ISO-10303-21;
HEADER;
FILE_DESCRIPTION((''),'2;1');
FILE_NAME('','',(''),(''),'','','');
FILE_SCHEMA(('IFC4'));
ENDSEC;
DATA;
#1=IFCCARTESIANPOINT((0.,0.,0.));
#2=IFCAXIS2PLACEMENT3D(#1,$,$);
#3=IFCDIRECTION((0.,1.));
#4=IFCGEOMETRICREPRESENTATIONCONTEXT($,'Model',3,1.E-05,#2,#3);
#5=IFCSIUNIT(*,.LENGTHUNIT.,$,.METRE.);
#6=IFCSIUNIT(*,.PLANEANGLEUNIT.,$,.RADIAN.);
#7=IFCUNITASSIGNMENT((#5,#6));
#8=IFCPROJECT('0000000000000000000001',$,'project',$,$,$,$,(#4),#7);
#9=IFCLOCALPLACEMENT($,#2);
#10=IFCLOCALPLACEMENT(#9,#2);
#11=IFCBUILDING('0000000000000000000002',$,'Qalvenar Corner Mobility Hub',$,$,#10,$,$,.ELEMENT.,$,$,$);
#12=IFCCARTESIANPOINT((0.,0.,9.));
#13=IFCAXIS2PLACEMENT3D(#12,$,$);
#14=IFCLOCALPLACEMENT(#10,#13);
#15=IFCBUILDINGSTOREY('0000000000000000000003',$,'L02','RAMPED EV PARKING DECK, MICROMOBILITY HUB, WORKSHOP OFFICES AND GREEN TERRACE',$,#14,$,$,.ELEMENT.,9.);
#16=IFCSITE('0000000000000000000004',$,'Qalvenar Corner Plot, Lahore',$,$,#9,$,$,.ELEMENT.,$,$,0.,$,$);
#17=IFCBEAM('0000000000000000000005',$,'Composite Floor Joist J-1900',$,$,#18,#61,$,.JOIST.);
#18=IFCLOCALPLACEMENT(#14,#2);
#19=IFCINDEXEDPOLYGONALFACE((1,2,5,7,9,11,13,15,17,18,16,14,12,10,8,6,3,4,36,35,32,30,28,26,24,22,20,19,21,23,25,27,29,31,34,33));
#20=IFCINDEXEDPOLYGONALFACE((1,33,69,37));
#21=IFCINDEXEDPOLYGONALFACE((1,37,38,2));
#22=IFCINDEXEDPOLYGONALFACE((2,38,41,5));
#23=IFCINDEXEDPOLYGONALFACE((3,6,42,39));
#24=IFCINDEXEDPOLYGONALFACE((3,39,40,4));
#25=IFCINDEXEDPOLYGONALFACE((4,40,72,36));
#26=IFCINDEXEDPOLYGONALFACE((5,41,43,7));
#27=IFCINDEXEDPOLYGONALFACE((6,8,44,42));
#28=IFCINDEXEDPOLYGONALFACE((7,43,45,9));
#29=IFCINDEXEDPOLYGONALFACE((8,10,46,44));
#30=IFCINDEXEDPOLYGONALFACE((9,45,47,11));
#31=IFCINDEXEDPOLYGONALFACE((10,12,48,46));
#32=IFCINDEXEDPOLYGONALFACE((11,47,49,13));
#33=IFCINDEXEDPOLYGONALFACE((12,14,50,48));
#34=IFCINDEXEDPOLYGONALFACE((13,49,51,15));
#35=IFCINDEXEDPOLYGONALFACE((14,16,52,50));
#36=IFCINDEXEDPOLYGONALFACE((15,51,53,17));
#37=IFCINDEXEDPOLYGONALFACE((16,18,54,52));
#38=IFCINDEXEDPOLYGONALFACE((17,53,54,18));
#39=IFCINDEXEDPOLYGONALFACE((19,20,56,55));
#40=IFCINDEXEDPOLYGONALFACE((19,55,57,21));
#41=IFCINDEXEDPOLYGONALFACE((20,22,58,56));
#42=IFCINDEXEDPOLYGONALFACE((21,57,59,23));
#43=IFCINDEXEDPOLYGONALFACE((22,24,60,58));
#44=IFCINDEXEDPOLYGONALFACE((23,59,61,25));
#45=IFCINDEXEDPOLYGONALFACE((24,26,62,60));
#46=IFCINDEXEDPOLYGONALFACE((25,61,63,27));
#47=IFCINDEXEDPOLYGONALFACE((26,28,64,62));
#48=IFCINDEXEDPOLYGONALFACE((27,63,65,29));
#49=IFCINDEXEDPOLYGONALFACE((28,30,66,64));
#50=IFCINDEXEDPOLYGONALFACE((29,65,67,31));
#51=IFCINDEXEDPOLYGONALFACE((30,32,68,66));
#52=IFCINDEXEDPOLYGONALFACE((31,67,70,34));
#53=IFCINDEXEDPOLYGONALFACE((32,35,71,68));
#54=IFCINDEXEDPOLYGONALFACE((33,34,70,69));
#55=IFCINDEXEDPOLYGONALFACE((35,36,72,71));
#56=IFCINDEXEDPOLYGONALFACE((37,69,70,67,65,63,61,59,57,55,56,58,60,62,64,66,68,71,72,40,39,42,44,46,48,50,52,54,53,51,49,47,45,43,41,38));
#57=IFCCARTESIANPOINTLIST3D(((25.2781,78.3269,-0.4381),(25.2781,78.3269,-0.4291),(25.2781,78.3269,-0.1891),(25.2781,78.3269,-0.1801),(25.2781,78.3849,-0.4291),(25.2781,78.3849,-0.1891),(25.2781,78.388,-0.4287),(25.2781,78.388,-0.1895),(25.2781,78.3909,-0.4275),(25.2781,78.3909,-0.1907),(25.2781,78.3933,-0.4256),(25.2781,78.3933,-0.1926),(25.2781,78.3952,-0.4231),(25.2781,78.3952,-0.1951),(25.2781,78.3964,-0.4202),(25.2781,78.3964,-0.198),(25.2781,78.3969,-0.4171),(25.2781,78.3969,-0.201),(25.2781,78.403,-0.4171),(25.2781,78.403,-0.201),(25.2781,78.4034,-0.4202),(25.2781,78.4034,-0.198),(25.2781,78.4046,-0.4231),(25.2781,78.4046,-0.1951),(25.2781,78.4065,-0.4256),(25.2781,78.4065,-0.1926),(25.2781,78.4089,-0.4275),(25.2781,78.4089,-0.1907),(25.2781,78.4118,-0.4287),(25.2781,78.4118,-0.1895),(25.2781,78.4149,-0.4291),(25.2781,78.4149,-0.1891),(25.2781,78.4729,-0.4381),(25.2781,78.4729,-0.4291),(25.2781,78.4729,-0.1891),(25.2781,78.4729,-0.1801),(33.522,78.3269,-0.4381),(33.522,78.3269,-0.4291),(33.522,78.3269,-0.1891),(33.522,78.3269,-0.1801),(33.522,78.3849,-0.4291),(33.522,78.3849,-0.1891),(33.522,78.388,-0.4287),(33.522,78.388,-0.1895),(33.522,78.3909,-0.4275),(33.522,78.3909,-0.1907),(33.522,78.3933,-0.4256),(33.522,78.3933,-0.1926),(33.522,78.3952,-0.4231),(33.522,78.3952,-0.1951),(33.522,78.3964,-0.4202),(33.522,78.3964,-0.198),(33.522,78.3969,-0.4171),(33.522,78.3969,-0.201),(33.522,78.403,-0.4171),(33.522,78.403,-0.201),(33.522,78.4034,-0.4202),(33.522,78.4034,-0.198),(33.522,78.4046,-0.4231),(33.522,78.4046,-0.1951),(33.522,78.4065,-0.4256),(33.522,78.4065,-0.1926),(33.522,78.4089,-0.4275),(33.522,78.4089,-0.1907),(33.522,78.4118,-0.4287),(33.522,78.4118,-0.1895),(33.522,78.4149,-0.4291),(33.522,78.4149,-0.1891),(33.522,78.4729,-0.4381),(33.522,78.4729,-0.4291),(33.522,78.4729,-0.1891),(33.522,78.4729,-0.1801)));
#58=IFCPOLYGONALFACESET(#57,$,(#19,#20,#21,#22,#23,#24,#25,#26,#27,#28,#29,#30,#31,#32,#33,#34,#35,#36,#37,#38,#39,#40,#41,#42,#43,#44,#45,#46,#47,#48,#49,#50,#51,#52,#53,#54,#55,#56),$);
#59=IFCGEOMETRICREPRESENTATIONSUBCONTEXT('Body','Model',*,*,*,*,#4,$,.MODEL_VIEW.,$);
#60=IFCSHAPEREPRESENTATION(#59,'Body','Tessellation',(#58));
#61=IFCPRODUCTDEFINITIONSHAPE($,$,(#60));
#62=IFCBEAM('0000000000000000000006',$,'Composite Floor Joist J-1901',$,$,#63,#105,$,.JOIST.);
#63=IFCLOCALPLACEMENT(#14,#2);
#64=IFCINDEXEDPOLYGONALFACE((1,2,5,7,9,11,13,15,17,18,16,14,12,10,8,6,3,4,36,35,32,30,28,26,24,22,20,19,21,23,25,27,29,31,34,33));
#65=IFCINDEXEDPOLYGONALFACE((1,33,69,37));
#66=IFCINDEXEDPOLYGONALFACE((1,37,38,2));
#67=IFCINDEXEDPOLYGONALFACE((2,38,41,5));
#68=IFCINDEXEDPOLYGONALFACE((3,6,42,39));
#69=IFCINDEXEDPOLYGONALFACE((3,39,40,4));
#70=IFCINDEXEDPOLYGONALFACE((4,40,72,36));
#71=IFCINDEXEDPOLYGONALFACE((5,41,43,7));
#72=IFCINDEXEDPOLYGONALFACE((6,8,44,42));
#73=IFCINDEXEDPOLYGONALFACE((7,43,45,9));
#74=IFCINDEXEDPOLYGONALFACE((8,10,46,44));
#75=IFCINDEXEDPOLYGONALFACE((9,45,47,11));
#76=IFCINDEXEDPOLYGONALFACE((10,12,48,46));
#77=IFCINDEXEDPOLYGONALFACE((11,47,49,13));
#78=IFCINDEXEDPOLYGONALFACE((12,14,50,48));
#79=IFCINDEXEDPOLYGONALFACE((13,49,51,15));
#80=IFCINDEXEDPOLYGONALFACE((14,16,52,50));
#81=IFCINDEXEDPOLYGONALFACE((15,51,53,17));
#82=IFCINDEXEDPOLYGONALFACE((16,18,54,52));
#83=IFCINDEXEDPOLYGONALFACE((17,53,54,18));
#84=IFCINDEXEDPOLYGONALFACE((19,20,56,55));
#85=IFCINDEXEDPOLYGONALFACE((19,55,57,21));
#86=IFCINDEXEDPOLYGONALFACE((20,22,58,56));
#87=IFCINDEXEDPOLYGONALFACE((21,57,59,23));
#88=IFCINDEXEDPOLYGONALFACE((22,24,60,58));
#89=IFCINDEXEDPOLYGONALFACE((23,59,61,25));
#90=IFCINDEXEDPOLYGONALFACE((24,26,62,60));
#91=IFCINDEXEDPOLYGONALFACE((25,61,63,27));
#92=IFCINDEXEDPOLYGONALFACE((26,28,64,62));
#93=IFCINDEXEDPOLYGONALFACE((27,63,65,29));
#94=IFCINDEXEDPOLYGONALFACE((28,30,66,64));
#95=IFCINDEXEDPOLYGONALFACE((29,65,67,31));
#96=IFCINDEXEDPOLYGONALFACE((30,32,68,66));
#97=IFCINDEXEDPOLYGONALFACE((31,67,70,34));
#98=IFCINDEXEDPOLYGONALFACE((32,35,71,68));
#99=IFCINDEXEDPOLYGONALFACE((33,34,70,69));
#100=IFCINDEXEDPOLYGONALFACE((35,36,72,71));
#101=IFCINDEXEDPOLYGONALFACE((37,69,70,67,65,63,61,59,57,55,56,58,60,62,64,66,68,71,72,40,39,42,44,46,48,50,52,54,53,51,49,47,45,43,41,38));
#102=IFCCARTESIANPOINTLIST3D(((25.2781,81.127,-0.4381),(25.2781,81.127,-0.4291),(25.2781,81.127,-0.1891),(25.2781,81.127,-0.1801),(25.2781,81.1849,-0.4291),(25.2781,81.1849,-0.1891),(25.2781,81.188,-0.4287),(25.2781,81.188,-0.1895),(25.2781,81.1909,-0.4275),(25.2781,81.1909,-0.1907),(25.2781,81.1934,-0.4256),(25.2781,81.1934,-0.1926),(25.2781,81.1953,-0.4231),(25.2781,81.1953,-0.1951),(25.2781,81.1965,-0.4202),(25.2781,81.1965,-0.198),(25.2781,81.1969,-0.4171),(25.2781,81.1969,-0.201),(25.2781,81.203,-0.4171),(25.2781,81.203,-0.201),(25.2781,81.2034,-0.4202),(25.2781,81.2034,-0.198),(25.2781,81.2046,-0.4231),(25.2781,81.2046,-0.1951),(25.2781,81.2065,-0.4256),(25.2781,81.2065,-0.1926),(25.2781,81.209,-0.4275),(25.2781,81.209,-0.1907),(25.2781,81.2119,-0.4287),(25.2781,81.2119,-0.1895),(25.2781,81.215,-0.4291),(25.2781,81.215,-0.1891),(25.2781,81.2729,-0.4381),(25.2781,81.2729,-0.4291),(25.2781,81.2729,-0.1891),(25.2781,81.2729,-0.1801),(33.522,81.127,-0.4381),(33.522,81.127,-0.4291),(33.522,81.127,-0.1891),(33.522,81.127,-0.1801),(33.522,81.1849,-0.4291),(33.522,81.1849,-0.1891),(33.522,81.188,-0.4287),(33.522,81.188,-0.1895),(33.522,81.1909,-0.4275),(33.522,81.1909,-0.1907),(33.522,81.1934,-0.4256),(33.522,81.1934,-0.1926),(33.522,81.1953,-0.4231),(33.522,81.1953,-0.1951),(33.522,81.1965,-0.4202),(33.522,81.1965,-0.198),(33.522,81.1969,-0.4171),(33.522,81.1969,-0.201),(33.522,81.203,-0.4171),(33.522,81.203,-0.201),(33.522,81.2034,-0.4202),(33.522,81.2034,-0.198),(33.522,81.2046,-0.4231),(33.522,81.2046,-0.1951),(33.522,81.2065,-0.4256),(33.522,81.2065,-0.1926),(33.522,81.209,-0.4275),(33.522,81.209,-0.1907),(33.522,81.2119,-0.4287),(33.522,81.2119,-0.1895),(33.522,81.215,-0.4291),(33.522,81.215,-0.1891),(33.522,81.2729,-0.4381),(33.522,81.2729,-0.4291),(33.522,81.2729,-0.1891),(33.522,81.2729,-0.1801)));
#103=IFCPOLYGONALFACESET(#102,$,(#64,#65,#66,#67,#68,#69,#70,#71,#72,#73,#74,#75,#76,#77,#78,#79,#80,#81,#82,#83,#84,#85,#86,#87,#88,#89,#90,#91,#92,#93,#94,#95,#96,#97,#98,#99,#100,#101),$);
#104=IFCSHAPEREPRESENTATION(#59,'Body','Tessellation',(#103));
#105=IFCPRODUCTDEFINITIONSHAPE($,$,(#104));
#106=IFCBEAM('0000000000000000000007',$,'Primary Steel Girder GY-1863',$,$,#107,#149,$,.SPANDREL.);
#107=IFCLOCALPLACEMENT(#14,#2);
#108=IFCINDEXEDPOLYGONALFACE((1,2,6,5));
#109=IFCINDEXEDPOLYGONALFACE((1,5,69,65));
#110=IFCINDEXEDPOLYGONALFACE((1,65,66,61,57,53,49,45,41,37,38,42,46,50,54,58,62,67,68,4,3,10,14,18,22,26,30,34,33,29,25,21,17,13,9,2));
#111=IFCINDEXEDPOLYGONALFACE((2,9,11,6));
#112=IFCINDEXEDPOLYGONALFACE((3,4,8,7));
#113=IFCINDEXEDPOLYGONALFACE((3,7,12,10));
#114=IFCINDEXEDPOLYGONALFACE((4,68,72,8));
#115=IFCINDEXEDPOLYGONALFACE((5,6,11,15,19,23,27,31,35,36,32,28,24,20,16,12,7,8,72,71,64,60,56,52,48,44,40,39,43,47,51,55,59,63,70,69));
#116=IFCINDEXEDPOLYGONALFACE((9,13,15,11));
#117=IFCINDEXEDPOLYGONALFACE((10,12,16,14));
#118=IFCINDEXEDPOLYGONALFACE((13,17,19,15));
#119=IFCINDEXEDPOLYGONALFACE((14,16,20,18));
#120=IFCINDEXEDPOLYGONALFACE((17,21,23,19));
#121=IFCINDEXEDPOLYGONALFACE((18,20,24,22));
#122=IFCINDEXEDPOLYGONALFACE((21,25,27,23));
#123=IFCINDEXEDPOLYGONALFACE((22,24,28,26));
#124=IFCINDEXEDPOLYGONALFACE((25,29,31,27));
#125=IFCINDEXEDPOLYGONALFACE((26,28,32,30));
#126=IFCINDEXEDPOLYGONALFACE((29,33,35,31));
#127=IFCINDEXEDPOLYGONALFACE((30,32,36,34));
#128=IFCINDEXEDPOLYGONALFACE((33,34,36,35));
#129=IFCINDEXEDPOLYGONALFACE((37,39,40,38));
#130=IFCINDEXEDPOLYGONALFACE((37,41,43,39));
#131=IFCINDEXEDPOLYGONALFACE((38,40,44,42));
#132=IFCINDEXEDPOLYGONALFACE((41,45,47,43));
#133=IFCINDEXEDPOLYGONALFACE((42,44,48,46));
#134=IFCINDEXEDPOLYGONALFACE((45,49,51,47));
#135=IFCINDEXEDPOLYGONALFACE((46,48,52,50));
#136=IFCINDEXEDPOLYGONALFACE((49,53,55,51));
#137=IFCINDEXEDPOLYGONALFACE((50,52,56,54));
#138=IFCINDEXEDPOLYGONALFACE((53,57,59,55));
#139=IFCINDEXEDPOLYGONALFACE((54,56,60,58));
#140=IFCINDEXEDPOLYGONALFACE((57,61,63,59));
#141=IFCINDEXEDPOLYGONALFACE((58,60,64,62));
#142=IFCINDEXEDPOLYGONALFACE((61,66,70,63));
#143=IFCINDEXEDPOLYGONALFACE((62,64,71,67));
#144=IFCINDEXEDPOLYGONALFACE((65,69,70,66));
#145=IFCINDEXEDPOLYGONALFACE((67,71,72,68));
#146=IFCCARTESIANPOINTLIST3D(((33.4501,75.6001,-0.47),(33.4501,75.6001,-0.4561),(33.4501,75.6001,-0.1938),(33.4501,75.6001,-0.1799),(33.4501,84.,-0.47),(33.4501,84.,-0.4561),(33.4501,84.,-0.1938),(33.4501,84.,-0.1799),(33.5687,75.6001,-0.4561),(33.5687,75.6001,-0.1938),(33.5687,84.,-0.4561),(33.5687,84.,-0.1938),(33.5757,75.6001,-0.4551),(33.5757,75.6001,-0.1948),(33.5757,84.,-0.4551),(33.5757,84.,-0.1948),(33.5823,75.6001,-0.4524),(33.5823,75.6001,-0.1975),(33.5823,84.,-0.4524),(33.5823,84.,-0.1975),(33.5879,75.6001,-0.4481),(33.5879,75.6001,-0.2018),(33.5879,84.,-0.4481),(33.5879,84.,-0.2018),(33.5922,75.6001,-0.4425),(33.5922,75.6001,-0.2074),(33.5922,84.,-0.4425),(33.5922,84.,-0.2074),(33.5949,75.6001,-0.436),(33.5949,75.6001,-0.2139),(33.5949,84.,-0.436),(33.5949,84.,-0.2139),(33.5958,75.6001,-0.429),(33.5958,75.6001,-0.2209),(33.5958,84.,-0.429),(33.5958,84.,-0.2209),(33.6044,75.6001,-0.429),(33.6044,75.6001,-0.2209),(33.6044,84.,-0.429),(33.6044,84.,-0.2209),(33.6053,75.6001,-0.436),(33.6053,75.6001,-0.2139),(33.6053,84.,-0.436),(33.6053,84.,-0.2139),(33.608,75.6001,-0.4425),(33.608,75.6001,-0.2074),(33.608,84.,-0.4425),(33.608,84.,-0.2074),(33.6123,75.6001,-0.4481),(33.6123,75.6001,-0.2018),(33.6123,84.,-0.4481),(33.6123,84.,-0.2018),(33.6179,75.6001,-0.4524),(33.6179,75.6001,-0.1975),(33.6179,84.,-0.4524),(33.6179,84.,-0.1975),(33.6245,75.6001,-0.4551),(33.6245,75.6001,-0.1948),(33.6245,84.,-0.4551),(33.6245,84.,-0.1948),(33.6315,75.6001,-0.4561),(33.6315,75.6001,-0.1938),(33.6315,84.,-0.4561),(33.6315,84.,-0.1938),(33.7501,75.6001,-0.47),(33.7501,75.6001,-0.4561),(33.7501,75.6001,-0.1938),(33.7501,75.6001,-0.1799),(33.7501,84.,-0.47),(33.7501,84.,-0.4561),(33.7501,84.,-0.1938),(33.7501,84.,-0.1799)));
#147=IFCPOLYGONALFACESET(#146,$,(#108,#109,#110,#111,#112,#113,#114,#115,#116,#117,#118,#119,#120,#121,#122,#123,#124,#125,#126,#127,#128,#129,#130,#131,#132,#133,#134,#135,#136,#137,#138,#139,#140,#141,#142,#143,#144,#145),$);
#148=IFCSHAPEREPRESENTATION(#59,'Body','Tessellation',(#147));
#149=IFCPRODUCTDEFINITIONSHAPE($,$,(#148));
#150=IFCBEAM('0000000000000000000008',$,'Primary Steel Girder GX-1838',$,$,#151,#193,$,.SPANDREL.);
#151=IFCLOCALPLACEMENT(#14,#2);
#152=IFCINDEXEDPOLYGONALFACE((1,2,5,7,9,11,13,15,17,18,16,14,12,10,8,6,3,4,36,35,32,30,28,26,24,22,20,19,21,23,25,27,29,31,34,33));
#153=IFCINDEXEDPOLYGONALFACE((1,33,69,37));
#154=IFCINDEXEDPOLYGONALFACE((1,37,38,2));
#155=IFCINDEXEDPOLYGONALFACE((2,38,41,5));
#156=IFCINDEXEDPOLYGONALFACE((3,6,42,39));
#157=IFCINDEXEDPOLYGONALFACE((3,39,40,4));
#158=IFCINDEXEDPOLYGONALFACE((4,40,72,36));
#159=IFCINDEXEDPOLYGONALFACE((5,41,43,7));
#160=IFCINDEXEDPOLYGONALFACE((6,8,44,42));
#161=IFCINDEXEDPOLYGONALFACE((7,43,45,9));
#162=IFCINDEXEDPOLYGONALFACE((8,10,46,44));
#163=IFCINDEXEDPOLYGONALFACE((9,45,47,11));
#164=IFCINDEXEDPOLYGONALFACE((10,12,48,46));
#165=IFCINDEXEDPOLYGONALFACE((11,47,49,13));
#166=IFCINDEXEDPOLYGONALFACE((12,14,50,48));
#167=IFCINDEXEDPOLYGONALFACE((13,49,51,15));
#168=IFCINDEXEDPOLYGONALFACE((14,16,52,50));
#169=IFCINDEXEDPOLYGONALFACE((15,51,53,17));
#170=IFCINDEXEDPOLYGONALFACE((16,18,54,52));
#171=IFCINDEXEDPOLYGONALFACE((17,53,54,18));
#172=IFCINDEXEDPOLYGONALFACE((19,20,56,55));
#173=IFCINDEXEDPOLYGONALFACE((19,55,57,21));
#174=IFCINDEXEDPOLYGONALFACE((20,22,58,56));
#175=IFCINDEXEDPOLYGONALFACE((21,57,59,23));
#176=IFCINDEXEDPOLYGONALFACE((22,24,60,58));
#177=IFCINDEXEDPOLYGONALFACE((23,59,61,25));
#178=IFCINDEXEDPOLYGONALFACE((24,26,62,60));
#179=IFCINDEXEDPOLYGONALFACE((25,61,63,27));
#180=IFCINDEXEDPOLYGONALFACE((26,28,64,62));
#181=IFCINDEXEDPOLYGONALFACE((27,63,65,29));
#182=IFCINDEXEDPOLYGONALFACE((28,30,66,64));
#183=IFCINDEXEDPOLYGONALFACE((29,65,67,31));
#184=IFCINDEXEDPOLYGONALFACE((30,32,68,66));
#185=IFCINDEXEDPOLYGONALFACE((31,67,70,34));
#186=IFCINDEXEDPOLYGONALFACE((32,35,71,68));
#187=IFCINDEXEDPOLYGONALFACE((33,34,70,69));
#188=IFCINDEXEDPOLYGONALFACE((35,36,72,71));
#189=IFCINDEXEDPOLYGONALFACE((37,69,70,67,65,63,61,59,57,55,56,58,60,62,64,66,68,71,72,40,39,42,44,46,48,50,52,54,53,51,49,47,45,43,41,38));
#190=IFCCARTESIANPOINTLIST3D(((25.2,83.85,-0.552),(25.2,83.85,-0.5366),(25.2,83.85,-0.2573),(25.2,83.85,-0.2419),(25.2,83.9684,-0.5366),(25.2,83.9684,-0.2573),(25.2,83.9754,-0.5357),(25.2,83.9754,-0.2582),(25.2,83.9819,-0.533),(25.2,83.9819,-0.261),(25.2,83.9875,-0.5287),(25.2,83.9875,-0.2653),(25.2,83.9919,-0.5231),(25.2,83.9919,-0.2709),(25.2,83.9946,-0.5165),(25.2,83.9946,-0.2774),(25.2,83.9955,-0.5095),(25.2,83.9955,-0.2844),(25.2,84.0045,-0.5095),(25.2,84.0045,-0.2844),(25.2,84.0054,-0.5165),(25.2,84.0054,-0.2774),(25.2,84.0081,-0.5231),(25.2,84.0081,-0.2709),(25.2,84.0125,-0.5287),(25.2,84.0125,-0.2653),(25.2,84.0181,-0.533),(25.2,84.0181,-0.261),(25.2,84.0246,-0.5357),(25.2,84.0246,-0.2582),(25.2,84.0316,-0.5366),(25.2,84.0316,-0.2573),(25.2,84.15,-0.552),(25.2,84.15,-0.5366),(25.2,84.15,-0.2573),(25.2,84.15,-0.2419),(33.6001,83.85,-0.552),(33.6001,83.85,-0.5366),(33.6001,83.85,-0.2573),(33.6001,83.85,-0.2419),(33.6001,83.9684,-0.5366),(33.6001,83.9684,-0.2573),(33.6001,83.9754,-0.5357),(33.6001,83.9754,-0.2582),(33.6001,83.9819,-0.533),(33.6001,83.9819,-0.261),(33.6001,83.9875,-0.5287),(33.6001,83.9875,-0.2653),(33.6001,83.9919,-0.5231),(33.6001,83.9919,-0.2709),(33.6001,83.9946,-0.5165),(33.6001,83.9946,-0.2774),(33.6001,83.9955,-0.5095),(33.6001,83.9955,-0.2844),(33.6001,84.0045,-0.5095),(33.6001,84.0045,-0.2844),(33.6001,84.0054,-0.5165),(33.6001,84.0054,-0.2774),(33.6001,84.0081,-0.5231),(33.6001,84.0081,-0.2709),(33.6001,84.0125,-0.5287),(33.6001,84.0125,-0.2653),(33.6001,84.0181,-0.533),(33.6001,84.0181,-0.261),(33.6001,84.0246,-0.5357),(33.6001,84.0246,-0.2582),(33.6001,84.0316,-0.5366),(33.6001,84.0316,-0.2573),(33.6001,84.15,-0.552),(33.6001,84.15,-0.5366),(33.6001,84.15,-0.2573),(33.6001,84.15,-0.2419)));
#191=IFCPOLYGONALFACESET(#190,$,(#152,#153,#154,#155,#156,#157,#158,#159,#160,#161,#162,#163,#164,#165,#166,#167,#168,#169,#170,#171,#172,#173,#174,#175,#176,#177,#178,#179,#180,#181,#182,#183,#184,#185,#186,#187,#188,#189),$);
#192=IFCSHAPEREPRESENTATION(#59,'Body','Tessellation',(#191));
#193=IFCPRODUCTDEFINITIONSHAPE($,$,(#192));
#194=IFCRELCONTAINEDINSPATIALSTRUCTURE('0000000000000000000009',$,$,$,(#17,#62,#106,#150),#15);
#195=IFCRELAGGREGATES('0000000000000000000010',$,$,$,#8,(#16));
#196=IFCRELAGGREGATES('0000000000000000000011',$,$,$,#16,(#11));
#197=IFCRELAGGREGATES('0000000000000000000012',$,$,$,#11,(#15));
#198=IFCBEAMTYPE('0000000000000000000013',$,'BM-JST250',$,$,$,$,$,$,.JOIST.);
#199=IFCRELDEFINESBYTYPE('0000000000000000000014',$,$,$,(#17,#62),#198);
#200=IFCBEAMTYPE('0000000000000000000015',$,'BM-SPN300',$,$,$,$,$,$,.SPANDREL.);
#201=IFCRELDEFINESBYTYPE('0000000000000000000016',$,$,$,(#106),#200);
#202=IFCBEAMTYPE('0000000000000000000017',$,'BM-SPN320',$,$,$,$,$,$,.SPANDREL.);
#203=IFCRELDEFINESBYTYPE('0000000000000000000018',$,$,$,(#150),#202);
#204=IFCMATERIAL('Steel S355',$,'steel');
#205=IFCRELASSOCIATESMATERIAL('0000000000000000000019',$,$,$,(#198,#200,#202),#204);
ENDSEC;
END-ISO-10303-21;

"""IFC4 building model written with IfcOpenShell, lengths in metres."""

from ifc_helpers import new_model, si_unit, direction, frame, origin, origin_2d, place, context, subcontext, project, spatial, i_section, extrude, material, material_profile, profile_set, type_object, element, save


model = new_model("IFC4")

# Units and contexts
model_context = context("Model", 3, precision=1e-05, world=origin(), true_north=direction((0.0, 1.0)))
body_context = subcontext(model_context, "Body", "Model", "MODEL_VIEW")
ifc_project = project(units=[si_unit("LENGTHUNIT", "METRE"), si_unit("PLANEANGLEUNIT", "RADIAN")], contexts=[model_context])

# Site, building, storey
site_placement = place(None, origin())
site = spatial("IfcSite", under=ifc_project, at=site_placement, Name="Qalvenar Corner Plot, Lahore", CompositionType="ELEMENT", RefElevation=0.0)
building_placement = place(site_placement, origin())
building = spatial("IfcBuilding", under=site, at=building_placement, Name="Qalvenar Corner Mobility Hub", CompositionType="ELEMENT")
storey_placement = place(building_placement, frame((0.0, 0.0, 9.0)))
storey = spatial("IfcBuildingStorey", under=building, at=storey_placement, Name="L02", Description="RAMPED EV PARKING DECK, MICROMOBILITY HUB, WORKSHOP OFFICES AND GREEN TERRACE", CompositionType="ELEMENT", Elevation=9.0)

# Shared definitions
ifc_material_1 = material(Name="Steel S355", Category="steel")

# Beams
ifc_material_profile_1 = material_profile(ifc_material_1, i_section(OverallWidth=0.146, OverallDepth=0.2581, WebThickness=0.0061, FlangeThickness=0.009, FilletRadius=0.012, at=origin_2d()), Name="W250x32.7")
ifc_profile_set_1 = profile_set([ifc_material_profile_1], Name="Steel S355")
beam_type_1 = type_object("IfcBeamType", Name="BM-JST250", PredefinedType="JOIST", material=ifc_profile_set_1)
for number, where, z_axis, x_axis, name in (
    (1, (25.2781, 78.3999, -0.3091), (1.0, 0.0, 0.0), (0.0, 1.0, 0.0), "Composite Floor Joist J-1900"),
    (2, (25.2781, 81.2, -0.3091), (1.0, 0.0, 0.0), (0.0, 1.0, 0.0), "Composite Floor Joist J-1901"),
):
    element("IfcBeam", number, at=place(storey_placement, frame(where, z_axis=z_axis, x_axis=x_axis)), inside=storey, type_object=beam_type_1, Name=name, PredefinedType="JOIST", context=body_context, shape_type="SweptSolid", body=[
        extrude(i_section(OverallWidth=0.146, OverallDepth=0.2581, WebThickness=0.0061, FlangeThickness=0.009, FilletRadius=0.012, at=origin_2d()), origin(), (0.0, 0.0, 1.0), 8.2439),
    ])
ifc_material_profile_2 = material_profile(ifc_material_1, i_section(OverallWidth=0.3, OverallDepth=0.29, WebThickness=0.0085, FlangeThickness=0.0139, FilletRadius=0.0271, at=origin_2d()), Name="HEA300")
ifc_profile_set_2 = profile_set([ifc_material_profile_2], Name="Steel S355")
beam_type_2 = type_object("IfcBeamType", Name="BM-SPN300", PredefinedType="SPANDREL", material=ifc_profile_set_2)
beam_1_placement = place(storey_placement, frame((33.6001, 75.6001, -0.325), z_axis=(0.0, 1.0, 0.0), x_axis=(-1.0, 0.0, 0.0)))
element("IfcBeam", 3, at=beam_1_placement, inside=storey, type_object=beam_type_2, Name="Primary Steel Girder GY-1863", PredefinedType="SPANDREL", context=body_context, shape_type="SweptSolid", body=[
    extrude(i_section(OverallWidth=0.3, OverallDepth=0.29, WebThickness=0.0085, FlangeThickness=0.0139, FilletRadius=0.0271, at=origin_2d()), origin(), (0.0, 0.0, 1.0), 8.3999),
])
ifc_material_profile_3 = material_profile(ifc_material_1, i_section(OverallWidth=0.3, OverallDepth=0.3101, WebThickness=0.009, FlangeThickness=0.0154, FilletRadius=0.0271, at=origin_2d()), Name="HEA320")
ifc_profile_set_3 = profile_set([ifc_material_profile_3], Name="Steel S355")
beam_type_3 = type_object("IfcBeamType", Name="BM-SPN320", PredefinedType="SPANDREL", material=ifc_profile_set_3)
beam_2_placement = place(storey_placement, frame((25.2, 84.0, -0.397), z_axis=(1.0, 0.0, 0.0), x_axis=(0.0, 1.0, 0.0)))
element("IfcBeam", 4, at=beam_2_placement, inside=storey, type_object=beam_type_3, Name="Primary Steel Girder GX-1838", PredefinedType="SPANDREL", context=body_context, shape_type="SweptSolid", body=[
    extrude(i_section(OverallWidth=0.3, OverallDepth=0.3101, WebThickness=0.009, FlangeThickness=0.0154, FilletRadius=0.0271, at=origin_2d()), origin(), (0.0, 0.0, 1.0), 8.4001),
])

save(model, "model.ifc")
